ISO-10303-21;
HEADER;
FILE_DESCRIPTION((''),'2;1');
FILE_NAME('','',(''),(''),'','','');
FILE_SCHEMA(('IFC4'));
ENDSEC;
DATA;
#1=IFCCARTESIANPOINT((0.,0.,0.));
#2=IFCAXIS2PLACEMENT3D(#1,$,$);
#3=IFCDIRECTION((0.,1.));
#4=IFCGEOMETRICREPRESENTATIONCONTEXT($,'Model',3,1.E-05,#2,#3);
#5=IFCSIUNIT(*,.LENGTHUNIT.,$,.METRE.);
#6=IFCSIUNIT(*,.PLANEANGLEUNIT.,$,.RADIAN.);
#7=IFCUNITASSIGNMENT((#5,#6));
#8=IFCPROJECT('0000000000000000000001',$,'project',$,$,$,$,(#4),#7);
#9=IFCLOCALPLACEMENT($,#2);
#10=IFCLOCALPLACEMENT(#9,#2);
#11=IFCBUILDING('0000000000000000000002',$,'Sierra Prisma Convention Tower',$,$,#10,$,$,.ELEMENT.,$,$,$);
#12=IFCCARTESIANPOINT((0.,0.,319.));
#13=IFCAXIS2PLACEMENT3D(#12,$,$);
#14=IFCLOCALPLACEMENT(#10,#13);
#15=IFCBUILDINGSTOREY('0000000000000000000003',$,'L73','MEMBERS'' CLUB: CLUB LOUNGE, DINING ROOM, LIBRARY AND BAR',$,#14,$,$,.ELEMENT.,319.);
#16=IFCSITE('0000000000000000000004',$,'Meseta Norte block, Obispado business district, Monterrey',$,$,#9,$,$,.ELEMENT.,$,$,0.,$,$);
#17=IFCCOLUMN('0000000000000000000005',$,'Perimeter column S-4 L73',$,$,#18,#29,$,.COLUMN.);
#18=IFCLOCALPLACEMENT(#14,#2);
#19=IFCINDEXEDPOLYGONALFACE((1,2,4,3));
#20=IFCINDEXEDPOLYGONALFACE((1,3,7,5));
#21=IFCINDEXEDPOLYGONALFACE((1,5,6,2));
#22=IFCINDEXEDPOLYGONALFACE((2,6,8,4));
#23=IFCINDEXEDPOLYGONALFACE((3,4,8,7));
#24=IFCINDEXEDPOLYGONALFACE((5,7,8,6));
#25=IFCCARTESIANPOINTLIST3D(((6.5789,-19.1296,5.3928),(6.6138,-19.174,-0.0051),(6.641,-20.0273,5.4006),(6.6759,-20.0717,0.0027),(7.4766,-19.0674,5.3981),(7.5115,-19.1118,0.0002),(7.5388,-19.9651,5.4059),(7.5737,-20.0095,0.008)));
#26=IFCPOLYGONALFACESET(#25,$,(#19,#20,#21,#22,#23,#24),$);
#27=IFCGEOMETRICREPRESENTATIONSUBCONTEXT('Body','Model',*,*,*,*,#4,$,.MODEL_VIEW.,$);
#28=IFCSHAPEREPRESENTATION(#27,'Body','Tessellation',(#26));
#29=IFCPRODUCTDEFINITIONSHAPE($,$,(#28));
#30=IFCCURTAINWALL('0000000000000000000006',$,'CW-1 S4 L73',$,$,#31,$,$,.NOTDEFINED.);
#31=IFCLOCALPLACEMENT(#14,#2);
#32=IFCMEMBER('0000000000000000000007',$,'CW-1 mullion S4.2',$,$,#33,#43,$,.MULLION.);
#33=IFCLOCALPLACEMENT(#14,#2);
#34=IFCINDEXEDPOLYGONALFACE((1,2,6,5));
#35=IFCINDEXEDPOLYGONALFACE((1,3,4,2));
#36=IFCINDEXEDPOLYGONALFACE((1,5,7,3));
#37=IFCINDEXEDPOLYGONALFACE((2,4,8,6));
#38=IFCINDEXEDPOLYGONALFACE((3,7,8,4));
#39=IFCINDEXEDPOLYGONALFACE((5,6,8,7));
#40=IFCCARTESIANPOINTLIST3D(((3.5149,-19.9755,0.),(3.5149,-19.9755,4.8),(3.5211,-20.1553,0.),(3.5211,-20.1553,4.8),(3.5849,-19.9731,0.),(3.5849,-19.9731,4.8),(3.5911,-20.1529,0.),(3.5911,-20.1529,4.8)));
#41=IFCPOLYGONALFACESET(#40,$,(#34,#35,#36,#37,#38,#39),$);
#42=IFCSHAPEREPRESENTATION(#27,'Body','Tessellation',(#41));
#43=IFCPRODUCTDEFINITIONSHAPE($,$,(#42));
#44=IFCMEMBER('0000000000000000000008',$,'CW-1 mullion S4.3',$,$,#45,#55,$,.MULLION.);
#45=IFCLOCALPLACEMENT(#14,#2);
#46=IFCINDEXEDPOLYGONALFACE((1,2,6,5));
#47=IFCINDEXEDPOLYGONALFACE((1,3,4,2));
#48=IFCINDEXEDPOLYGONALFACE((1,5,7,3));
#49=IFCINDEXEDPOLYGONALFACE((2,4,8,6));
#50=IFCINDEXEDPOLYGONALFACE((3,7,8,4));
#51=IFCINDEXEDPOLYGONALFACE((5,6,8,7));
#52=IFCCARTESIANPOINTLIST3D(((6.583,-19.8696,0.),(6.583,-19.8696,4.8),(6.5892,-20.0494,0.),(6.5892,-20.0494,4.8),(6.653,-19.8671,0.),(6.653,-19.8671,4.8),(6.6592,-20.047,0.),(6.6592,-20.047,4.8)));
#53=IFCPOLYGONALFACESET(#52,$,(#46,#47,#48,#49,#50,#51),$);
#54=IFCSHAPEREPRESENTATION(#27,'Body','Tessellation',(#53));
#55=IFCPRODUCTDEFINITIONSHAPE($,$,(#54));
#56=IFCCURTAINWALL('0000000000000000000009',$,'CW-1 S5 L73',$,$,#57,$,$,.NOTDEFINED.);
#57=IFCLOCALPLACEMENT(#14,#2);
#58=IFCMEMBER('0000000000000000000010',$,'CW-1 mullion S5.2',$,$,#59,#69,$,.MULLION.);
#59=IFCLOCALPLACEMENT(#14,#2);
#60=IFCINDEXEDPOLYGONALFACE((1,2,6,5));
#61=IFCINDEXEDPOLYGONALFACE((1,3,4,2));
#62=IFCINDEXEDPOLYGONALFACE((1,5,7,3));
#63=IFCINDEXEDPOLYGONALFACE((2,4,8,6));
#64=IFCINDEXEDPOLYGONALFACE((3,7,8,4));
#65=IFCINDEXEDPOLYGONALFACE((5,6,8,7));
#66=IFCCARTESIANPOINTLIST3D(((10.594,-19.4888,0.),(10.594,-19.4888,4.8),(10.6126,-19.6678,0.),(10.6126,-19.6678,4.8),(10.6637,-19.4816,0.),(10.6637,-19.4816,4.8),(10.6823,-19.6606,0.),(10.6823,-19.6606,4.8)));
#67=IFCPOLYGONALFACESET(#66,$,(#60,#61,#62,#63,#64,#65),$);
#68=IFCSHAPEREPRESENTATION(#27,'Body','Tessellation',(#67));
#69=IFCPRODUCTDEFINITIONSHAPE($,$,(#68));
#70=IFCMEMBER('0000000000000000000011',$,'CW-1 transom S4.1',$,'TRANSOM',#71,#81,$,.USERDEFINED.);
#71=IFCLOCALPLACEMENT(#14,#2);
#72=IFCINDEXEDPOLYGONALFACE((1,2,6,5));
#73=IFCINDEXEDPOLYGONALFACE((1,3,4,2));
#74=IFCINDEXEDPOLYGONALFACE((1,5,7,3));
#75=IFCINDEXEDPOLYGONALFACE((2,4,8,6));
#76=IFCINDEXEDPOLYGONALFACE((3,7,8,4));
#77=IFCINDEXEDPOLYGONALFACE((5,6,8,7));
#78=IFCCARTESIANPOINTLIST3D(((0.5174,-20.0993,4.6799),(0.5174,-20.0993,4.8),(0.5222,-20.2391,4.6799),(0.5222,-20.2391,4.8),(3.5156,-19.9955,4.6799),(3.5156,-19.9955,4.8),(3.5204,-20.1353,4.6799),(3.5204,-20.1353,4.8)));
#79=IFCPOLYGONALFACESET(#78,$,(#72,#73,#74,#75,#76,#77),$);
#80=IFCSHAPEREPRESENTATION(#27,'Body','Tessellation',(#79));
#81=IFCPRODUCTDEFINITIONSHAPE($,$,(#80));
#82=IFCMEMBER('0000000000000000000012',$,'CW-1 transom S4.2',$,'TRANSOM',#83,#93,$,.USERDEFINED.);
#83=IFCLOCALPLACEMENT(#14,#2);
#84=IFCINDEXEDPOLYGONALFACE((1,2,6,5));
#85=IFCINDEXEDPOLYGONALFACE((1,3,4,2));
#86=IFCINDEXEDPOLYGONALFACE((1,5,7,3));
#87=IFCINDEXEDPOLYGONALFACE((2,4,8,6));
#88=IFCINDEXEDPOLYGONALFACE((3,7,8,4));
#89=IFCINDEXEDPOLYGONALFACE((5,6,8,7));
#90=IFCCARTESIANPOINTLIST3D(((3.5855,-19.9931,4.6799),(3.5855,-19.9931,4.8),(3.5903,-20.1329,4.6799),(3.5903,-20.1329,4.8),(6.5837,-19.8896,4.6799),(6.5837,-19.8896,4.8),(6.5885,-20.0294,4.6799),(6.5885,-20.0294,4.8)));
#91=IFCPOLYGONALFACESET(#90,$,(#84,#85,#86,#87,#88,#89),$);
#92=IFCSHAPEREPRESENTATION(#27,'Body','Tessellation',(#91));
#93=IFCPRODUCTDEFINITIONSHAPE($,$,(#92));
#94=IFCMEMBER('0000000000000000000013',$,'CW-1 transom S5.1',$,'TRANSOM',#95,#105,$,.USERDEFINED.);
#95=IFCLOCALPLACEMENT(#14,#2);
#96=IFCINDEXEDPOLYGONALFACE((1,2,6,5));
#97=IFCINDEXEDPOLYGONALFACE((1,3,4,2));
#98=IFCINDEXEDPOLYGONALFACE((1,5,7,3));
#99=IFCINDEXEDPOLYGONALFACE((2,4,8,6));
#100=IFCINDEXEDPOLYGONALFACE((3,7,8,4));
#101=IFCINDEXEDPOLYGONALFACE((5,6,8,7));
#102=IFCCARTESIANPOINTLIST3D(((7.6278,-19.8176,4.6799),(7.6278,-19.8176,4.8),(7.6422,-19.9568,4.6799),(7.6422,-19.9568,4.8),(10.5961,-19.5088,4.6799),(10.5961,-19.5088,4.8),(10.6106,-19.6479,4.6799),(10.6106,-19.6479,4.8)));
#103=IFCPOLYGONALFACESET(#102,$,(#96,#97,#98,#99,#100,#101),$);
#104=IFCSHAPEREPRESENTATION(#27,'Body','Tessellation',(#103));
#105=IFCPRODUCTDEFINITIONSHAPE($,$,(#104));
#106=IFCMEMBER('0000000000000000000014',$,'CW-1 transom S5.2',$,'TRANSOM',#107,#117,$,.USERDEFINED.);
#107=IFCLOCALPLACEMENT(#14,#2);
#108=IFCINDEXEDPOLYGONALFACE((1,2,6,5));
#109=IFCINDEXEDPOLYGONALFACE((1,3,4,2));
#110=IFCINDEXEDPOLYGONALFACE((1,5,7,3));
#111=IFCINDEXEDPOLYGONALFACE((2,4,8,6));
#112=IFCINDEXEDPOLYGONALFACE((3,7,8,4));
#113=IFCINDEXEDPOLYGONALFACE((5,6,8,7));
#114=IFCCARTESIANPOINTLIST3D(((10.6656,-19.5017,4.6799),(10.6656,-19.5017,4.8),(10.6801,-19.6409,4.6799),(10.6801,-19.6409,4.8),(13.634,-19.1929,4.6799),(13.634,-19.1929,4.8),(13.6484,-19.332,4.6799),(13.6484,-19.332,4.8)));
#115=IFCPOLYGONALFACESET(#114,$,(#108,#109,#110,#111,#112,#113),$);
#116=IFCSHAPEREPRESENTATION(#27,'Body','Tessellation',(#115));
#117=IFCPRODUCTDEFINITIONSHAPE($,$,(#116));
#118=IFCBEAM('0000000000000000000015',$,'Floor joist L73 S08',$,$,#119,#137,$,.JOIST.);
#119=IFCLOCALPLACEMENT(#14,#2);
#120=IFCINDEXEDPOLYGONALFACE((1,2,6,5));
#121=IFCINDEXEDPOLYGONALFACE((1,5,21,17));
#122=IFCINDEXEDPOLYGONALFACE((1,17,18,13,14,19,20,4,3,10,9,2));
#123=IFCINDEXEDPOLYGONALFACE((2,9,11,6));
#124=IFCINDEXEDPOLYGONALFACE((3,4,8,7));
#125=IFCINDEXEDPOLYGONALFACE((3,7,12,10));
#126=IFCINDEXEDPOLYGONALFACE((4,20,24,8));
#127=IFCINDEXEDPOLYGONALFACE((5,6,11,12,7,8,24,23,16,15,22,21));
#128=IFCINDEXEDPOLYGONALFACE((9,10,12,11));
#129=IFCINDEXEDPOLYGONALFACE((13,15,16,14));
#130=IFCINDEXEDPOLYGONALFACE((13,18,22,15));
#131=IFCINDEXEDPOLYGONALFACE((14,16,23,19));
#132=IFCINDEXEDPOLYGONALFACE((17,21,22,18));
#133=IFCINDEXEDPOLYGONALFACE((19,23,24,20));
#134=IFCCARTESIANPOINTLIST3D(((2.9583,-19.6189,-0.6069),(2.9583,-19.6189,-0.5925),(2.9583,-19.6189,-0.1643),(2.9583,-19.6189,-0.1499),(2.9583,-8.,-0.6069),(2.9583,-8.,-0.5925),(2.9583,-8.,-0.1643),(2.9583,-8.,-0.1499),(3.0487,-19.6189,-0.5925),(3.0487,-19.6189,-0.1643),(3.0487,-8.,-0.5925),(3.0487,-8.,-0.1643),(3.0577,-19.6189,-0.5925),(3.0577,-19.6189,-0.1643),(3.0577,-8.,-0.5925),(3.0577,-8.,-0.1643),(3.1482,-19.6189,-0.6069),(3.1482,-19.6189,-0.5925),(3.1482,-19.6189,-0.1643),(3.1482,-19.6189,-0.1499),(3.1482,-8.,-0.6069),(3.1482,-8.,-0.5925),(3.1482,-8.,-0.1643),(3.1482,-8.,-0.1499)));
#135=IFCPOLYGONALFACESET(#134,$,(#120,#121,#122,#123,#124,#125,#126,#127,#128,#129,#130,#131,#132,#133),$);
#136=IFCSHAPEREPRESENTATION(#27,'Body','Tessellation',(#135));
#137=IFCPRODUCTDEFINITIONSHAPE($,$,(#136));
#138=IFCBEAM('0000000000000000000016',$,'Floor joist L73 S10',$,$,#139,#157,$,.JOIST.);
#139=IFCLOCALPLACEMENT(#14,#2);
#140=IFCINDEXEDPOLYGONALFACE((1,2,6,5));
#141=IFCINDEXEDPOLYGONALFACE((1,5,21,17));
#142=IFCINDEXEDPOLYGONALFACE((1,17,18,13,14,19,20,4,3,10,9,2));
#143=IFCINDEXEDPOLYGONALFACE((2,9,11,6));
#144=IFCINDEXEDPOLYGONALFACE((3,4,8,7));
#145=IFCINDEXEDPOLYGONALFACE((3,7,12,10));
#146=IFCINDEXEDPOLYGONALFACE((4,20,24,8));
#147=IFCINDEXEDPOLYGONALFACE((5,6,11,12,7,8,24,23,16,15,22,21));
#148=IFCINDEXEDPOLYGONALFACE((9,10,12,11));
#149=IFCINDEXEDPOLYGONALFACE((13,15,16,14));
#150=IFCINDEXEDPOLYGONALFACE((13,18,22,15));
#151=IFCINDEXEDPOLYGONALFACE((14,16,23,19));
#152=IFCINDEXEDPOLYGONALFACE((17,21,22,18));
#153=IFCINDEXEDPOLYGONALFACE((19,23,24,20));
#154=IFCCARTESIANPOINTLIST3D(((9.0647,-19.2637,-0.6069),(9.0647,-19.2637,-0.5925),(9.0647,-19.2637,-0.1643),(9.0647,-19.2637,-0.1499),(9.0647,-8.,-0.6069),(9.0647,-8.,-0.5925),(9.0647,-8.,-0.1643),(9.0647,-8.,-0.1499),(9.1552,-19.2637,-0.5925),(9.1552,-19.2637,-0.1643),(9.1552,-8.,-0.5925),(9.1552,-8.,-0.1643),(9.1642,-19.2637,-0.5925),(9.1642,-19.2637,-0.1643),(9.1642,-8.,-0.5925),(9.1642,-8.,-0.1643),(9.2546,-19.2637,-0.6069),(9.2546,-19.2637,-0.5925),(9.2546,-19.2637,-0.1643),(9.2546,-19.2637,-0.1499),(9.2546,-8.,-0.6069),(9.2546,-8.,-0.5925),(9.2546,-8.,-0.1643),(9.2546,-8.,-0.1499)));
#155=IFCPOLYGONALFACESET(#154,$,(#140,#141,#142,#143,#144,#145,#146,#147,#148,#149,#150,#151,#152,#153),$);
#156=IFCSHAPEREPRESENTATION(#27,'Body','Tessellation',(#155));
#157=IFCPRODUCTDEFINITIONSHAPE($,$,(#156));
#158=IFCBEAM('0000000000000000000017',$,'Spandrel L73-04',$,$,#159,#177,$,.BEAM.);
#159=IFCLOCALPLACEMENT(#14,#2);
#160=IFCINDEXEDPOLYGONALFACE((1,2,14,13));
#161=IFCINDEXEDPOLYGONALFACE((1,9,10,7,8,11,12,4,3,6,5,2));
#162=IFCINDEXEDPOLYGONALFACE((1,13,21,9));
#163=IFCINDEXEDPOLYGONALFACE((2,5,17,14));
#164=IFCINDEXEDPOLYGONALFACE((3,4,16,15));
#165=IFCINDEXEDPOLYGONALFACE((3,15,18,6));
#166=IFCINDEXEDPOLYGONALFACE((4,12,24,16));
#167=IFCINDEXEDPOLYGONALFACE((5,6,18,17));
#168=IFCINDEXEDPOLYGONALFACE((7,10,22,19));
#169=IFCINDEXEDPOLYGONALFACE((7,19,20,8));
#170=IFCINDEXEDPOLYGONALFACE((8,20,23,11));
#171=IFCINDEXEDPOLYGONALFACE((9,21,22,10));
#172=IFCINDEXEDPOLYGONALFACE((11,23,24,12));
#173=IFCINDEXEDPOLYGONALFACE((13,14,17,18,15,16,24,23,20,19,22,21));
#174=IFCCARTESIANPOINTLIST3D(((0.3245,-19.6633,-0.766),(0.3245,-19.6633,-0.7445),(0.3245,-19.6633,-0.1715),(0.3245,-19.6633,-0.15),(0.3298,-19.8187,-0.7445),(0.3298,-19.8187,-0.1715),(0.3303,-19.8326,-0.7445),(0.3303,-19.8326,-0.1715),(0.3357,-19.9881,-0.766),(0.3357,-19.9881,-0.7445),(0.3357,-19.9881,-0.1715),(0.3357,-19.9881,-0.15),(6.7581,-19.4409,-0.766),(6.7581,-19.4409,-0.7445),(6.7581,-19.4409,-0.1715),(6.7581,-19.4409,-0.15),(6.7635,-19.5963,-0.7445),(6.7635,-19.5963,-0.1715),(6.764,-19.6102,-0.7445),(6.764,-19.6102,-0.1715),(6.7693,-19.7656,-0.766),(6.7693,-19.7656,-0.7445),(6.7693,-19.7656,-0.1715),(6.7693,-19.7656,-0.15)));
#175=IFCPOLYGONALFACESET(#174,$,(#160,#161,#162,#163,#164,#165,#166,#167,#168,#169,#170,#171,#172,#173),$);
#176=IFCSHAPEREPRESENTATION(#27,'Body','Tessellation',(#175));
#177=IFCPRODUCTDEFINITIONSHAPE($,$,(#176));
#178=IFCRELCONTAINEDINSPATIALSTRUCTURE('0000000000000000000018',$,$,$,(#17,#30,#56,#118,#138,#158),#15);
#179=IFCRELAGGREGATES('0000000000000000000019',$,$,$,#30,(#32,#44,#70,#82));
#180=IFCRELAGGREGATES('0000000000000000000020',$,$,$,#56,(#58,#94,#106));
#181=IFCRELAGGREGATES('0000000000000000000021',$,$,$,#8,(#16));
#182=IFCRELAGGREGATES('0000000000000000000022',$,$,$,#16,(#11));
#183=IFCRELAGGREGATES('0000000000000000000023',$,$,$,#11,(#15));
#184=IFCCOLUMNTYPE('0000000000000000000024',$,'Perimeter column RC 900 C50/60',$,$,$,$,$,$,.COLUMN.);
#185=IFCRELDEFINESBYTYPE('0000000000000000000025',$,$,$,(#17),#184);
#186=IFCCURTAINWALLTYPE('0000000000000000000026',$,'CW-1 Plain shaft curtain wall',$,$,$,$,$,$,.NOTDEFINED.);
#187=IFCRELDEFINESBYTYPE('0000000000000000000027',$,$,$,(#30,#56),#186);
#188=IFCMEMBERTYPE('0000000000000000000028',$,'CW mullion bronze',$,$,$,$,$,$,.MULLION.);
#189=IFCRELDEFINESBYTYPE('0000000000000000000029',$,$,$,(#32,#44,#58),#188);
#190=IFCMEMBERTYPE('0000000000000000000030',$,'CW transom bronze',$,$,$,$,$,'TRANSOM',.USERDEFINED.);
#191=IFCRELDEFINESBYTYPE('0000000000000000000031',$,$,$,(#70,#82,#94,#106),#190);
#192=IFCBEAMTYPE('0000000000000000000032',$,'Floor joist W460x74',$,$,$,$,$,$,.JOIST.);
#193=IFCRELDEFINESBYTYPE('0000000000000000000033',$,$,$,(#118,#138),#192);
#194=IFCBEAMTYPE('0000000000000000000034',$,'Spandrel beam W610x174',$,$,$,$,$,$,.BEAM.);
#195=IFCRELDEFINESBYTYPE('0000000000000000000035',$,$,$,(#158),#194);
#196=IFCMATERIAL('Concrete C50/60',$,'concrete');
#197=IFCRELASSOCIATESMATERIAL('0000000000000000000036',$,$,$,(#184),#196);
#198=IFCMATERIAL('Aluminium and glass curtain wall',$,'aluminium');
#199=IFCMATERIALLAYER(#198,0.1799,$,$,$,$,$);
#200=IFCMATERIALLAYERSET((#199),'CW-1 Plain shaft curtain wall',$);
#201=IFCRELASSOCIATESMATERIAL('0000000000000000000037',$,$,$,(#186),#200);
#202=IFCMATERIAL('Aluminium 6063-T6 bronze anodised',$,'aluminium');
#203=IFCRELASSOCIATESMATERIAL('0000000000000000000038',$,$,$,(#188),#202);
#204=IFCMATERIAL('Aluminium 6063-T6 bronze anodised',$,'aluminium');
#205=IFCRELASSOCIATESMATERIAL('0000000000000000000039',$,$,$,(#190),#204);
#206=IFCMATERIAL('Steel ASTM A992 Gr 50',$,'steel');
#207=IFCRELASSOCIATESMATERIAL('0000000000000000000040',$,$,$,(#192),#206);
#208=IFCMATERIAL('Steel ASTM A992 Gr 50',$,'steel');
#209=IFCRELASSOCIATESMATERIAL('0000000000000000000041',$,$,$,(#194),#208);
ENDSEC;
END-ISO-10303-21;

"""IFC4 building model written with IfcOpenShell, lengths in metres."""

from ifc_helpers import new_model, si_unit, direction, frame, origin, origin_2d, place, context, subcontext, project, spatial, rectangle, i_section, extrude, clip, halfspace, material, layer, layer_set, material_profile, profile_set, type_object, element, aggregate, save


model = new_model("IFC4")

# Units and contexts
model_context = context("Model", 3, precision=1e-05, world=origin(), true_north=direction((0.0, 1.0)))
body_context = subcontext(model_context, "Body", "Model", "MODEL_VIEW")
ifc_project = project(units=[si_unit("LENGTHUNIT", "METRE"), si_unit("PLANEANGLEUNIT", "RADIAN")], contexts=[model_context])

# Site, building, storey
site_placement = place(None, origin())
site = spatial("IfcSite", under=ifc_project, at=site_placement, Name="Meseta Norte block, Obispado business district, Monterrey", CompositionType="ELEMENT", RefElevation=0.0)
building_placement = place(site_placement, origin())
building = spatial("IfcBuilding", under=site, at=building_placement, Name="Sierra Prisma Convention Tower", CompositionType="ELEMENT")
storey_placement = place(building_placement, frame((0.0, 0.0, 319.0)))
storey = spatial("IfcBuildingStorey", under=building, at=storey_placement, Name="L73", Description="MEMBERS' CLUB: CLUB LOUNGE, DINING ROOM, LIBRARY AND BAR", CompositionType="ELEMENT", Elevation=319.0)

# Column
ifc_material_1 = material(Name="Concrete C50/60", Category="concrete")
ifc_material_profile_1 = material_profile(ifc_material_1, rectangle(XDim=0.8999, YDim=0.8999, at=origin_2d()), Name="Perimeter column RC 900 C50/60")
ifc_profile_set_1 = profile_set([ifc_material_profile_1], Name="Concrete C50/60")
column_type = type_object("IfcColumnType", Name="Perimeter column RC 900 C50/60", PredefinedType="COLUMN", material=ifc_profile_set_1)
column_placement = place(storey_placement, frame((7.0938, -19.5918, 0.0), z_axis=(-0.006465, 0.008228, 0.999945), x_axis=(0.997592, 0.069111, 0.005881)))
element("IfcColumn", 1, at=column_placement, inside=storey, type_object=column_type, Name="Perimeter column S-4 L73", PredefinedType="COLUMN", context=body_context, shape_type="SweptSolid", body=[
    clip(clip(extrude(rectangle(XDim=0.8999, YDim=0.8999, at=origin_2d()), origin(), (0.0, 0.0, 1.0), 5.4001), halfspace(frame((0.0, 0.0, 0.0015)), True)), halfspace(frame((0.0, 0.0, 5.3997)), False)),
])

# Curtain wall, members
ifc_material_2 = material(Name="Aluminium and glass curtain wall", Category="aluminium")
ifc_layer_1 = layer(ifc_material_2, 0.1799)
ifc_layer_set_1 = layer_set([ifc_layer_1], Name="CW-1 Plain shaft curtain wall")
curtain_wall_type = type_object("IfcCurtainWallType", Name="CW-1 Plain shaft curtain wall", PredefinedType="NOTDEFINED", material=ifc_layer_set_1)
curtain_wall_1_placement = place(storey_placement, origin())
curtain_wall_1 = element("IfcCurtainWall", 2, at=curtain_wall_1_placement, inside=storey, type_object=curtain_wall_type, Name="CW-1 S4 L73", PredefinedType="NOTDEFINED")
ifc_material_3 = material(Name="Aluminium 6063-T6 bronze anodised", Category="aluminium")
ifc_material_profile_2 = material_profile(ifc_material_3, rectangle(XDim=0.1799, YDim=0.0701, at=origin_2d()), Name="ALU MULLION 70x180")
ifc_profile_set_2 = profile_set([ifc_material_profile_2], Name="Aluminium 6063-T6 bronze anodised")
member_type_1 = type_object("IfcMemberType", Name="CW mullion bronze", PredefinedType="MULLION", material=ifc_profile_set_2)
member_1_placement = place(storey_placement, frame((3.553, -20.0642, 0.0), z_axis=(0.0, 0.0, 1.0), x_axis=(-0.034551, 0.999403, 0.0)))
member_1 = element("IfcMember", 3, at=member_1_placement, type_object=member_type_1, Name="CW-1 mullion S4.2", PredefinedType="MULLION", context=body_context, shape_type="SweptSolid", body=[
    extrude(rectangle(XDim=0.1799, YDim=0.0701, at=origin_2d()), origin(), (0.0, 0.0, 1.0), 4.8),
])
member_2_placement = place(storey_placement, frame((6.6211, -19.9583, 0.0), z_axis=(0.0, 0.0, 1.0), x_axis=(-0.034551, 0.999403, 0.0)))
member_2 = element("IfcMember", 4, at=member_2_placement, type_object=member_type_1, Name="CW-1 mullion S4.3", PredefinedType="MULLION", context=body_context, shape_type="SweptSolid", body=[
    extrude(rectangle(XDim=0.1799, YDim=0.0701, at=origin_2d()), origin(), (0.0, 0.0, 1.0), 4.8),
])

# Curtain wall, member
curtain_wall_2_placement = place(storey_placement, origin())
curtain_wall_2 = element("IfcCurtainWall", 5, at=curtain_wall_2_placement, inside=storey, type_object=curtain_wall_type, Name="CW-1 S5 L73", PredefinedType="NOTDEFINED")
member_3_placement = place(storey_placement, frame((10.6382, -19.5747, 0.0), z_axis=(0.0, 0.0, 1.0), x_axis=(-0.103487, 0.994631, 0.0)))
member_3 = element("IfcMember", 6, at=member_3_placement, type_object=member_type_1, Name="CW-1 mullion S5.2", PredefinedType="MULLION", context=body_context, shape_type="SweptSolid", body=[
    extrude(rectangle(XDim=0.1799, YDim=0.0701, at=origin_2d()), origin(), (0.0, 0.0, 1.0), 4.8),
])

# Members
ifc_material_4 = material(Name="Aluminium 6063-T6 bronze anodised", Category="aluminium")
ifc_material_profile_3 = material_profile(ifc_material_4, rectangle(XDim=0.1399, YDim=0.1201, at=origin_2d()), Name="ALU TRANSOM 120x140")
ifc_profile_set_3 = profile_set([ifc_material_profile_3], Name="Aluminium 6063-T6 bronze anodised")
member_type_2 = type_object("IfcMemberType", Name="CW transom bronze", ElementType="TRANSOM", PredefinedType="USERDEFINED", material=ifc_profile_set_3)
member_4_placement = place(storey_placement, frame((0.5198, -20.1692, 4.74), z_axis=(0.999402, 0.034586, 0.0), x_axis=(-0.034586, 0.999402, 0.0)))
member_4 = element("IfcMember", 7, at=member_4_placement, type_object=member_type_2, Name="CW-1 transom S4.1", ObjectType="TRANSOM", PredefinedType="USERDEFINED", context=body_context, shape_type="SweptSolid", body=[
    extrude(rectangle(XDim=0.1399, YDim=0.1201, at=origin_2d()), origin(), (0.0, 0.0, 1.0), 3.0),
])
member_5_placement = place(storey_placement, frame((3.5879, -20.063, 4.74), z_axis=(0.999405, 0.034504, 0.0), x_axis=(-0.034504, 0.999405, 0.0)))
member_5 = element("IfcMember", 8, at=member_5_placement, type_object=member_type_2, Name="CW-1 transom S4.2", ObjectType="TRANSOM", PredefinedType="USERDEFINED", context=body_context, shape_type="SweptSolid", body=[
    extrude(rectangle(XDim=0.1399, YDim=0.1201, at=origin_2d()), origin(), (0.0, 0.0, 1.0), 3.0),
])
member_6_placement = place(storey_placement, frame((7.635, -19.8872, 4.74), z_axis=(0.994631, 0.103488, 0.0), x_axis=(-0.103488, 0.994631, 0.0)))
member_6 = element("IfcMember", 9, at=member_6_placement, type_object=member_type_2, Name="CW-1 transom S5.1", ObjectType="TRANSOM", PredefinedType="USERDEFINED", context=body_context, shape_type="SweptSolid", body=[
    extrude(rectangle(XDim=0.1399, YDim=0.1201, at=origin_2d()), origin(), (0.0, 0.0, 1.0), 2.9844),
])
member_7_placement = place(storey_placement, frame((10.6729, -19.5713, 4.74), z_axis=(0.994631, 0.103488, 0.0), x_axis=(-0.103488, 0.994631, 0.0)))
member_7 = element("IfcMember", 10, at=member_7_placement, type_object=member_type_2, Name="CW-1 transom S5.2", ObjectType="TRANSOM", PredefinedType="USERDEFINED", context=body_context, shape_type="SweptSolid", body=[
    extrude(rectangle(XDim=0.1399, YDim=0.1201, at=origin_2d()), origin(), (0.0, 0.0, 1.0), 2.9844),
])

# Beams
ifc_material_5 = material(Name="Steel ASTM A992 Gr 50", Category="steel")
ifc_material_profile_4 = material_profile(ifc_material_5, i_section(OverallWidth=0.1899, OverallDepth=0.457, WebThickness=0.009, FlangeThickness=0.0144, at=origin_2d()), Name="W460x74")
ifc_profile_set_4 = profile_set([ifc_material_profile_4], Name="Steel ASTM A992 Gr 50")
beam_type_1 = type_object("IfcBeamType", Name="Floor joist W460x74", PredefinedType="JOIST", material=ifc_profile_set_4)
beam_1_placement = place(storey_placement, frame((3.0532, -19.6189, -0.3784), z_axis=(0.0, 1.0, 0.0), x_axis=(-1.0, 0.0, 0.0)))
element("IfcBeam", 11, at=beam_1_placement, inside=storey, type_object=beam_type_1, Name="Floor joist L73 S08", PredefinedType="JOIST", context=body_context, shape_type="SweptSolid", body=[
    extrude(i_section(OverallWidth=0.1899, OverallDepth=0.457, WebThickness=0.009, FlangeThickness=0.0144, at=origin_2d()), origin(), (0.0, 0.0, 1.0), 11.6189),
])
beam_2_placement = place(storey_placement, frame((9.1597, -19.2637, -0.3784), z_axis=(0.0, 1.0, 0.0), x_axis=(-1.0, 0.0, 0.0)))
element("IfcBeam", 12, at=beam_2_placement, inside=storey, type_object=beam_type_1, Name="Floor joist L73 S10", PredefinedType="JOIST", context=body_context, shape_type="SweptSolid", body=[
    extrude(i_section(OverallWidth=0.1899, OverallDepth=0.457, WebThickness=0.009, FlangeThickness=0.0144, at=origin_2d()), origin(), (0.0, 0.0, 1.0), 11.2637),
])
ifc_material_6 = material(Name="Steel ASTM A992 Gr 50", Category="steel")
ifc_material_profile_5 = material_profile(ifc_material_6, i_section(OverallWidth=0.325, OverallDepth=0.616, WebThickness=0.0139, FlangeThickness=0.0215, at=origin_2d()), Name="W610x174")
ifc_profile_set_5 = profile_set([ifc_material_profile_5], Name="Steel ASTM A992 Gr 50")
beam_type_2 = type_object("IfcBeamType", Name="Spandrel beam W610x174", PredefinedType="BEAM", material=ifc_profile_set_5)
for number, where, z_axis, x_axis, name in (
    (13, (0.3301, -19.8257, -0.458), (0.999403, 0.03455, 0.0), (-0.03455, 0.999403, 0.0), "Spandrel L73-04"),
):
    element("IfcBeam", number, at=place(storey_placement, frame(where, z_axis=z_axis, x_axis=x_axis)), inside=storey, type_object=beam_type_2, Name=name, PredefinedType="BEAM", context=body_context, shape_type="SweptSolid", body=[
        extrude(i_section(OverallWidth=0.325, OverallDepth=0.616, WebThickness=0.0139, FlangeThickness=0.0215, at=origin_2d()), origin(), (0.0, 0.0, 1.0), 6.4375),
    ])

aggregate(curtain_wall_1, [member_1, member_2, member_4, member_5])
aggregate(curtain_wall_2, [member_3, member_6, member_7])

save(model, "model.ifc")
